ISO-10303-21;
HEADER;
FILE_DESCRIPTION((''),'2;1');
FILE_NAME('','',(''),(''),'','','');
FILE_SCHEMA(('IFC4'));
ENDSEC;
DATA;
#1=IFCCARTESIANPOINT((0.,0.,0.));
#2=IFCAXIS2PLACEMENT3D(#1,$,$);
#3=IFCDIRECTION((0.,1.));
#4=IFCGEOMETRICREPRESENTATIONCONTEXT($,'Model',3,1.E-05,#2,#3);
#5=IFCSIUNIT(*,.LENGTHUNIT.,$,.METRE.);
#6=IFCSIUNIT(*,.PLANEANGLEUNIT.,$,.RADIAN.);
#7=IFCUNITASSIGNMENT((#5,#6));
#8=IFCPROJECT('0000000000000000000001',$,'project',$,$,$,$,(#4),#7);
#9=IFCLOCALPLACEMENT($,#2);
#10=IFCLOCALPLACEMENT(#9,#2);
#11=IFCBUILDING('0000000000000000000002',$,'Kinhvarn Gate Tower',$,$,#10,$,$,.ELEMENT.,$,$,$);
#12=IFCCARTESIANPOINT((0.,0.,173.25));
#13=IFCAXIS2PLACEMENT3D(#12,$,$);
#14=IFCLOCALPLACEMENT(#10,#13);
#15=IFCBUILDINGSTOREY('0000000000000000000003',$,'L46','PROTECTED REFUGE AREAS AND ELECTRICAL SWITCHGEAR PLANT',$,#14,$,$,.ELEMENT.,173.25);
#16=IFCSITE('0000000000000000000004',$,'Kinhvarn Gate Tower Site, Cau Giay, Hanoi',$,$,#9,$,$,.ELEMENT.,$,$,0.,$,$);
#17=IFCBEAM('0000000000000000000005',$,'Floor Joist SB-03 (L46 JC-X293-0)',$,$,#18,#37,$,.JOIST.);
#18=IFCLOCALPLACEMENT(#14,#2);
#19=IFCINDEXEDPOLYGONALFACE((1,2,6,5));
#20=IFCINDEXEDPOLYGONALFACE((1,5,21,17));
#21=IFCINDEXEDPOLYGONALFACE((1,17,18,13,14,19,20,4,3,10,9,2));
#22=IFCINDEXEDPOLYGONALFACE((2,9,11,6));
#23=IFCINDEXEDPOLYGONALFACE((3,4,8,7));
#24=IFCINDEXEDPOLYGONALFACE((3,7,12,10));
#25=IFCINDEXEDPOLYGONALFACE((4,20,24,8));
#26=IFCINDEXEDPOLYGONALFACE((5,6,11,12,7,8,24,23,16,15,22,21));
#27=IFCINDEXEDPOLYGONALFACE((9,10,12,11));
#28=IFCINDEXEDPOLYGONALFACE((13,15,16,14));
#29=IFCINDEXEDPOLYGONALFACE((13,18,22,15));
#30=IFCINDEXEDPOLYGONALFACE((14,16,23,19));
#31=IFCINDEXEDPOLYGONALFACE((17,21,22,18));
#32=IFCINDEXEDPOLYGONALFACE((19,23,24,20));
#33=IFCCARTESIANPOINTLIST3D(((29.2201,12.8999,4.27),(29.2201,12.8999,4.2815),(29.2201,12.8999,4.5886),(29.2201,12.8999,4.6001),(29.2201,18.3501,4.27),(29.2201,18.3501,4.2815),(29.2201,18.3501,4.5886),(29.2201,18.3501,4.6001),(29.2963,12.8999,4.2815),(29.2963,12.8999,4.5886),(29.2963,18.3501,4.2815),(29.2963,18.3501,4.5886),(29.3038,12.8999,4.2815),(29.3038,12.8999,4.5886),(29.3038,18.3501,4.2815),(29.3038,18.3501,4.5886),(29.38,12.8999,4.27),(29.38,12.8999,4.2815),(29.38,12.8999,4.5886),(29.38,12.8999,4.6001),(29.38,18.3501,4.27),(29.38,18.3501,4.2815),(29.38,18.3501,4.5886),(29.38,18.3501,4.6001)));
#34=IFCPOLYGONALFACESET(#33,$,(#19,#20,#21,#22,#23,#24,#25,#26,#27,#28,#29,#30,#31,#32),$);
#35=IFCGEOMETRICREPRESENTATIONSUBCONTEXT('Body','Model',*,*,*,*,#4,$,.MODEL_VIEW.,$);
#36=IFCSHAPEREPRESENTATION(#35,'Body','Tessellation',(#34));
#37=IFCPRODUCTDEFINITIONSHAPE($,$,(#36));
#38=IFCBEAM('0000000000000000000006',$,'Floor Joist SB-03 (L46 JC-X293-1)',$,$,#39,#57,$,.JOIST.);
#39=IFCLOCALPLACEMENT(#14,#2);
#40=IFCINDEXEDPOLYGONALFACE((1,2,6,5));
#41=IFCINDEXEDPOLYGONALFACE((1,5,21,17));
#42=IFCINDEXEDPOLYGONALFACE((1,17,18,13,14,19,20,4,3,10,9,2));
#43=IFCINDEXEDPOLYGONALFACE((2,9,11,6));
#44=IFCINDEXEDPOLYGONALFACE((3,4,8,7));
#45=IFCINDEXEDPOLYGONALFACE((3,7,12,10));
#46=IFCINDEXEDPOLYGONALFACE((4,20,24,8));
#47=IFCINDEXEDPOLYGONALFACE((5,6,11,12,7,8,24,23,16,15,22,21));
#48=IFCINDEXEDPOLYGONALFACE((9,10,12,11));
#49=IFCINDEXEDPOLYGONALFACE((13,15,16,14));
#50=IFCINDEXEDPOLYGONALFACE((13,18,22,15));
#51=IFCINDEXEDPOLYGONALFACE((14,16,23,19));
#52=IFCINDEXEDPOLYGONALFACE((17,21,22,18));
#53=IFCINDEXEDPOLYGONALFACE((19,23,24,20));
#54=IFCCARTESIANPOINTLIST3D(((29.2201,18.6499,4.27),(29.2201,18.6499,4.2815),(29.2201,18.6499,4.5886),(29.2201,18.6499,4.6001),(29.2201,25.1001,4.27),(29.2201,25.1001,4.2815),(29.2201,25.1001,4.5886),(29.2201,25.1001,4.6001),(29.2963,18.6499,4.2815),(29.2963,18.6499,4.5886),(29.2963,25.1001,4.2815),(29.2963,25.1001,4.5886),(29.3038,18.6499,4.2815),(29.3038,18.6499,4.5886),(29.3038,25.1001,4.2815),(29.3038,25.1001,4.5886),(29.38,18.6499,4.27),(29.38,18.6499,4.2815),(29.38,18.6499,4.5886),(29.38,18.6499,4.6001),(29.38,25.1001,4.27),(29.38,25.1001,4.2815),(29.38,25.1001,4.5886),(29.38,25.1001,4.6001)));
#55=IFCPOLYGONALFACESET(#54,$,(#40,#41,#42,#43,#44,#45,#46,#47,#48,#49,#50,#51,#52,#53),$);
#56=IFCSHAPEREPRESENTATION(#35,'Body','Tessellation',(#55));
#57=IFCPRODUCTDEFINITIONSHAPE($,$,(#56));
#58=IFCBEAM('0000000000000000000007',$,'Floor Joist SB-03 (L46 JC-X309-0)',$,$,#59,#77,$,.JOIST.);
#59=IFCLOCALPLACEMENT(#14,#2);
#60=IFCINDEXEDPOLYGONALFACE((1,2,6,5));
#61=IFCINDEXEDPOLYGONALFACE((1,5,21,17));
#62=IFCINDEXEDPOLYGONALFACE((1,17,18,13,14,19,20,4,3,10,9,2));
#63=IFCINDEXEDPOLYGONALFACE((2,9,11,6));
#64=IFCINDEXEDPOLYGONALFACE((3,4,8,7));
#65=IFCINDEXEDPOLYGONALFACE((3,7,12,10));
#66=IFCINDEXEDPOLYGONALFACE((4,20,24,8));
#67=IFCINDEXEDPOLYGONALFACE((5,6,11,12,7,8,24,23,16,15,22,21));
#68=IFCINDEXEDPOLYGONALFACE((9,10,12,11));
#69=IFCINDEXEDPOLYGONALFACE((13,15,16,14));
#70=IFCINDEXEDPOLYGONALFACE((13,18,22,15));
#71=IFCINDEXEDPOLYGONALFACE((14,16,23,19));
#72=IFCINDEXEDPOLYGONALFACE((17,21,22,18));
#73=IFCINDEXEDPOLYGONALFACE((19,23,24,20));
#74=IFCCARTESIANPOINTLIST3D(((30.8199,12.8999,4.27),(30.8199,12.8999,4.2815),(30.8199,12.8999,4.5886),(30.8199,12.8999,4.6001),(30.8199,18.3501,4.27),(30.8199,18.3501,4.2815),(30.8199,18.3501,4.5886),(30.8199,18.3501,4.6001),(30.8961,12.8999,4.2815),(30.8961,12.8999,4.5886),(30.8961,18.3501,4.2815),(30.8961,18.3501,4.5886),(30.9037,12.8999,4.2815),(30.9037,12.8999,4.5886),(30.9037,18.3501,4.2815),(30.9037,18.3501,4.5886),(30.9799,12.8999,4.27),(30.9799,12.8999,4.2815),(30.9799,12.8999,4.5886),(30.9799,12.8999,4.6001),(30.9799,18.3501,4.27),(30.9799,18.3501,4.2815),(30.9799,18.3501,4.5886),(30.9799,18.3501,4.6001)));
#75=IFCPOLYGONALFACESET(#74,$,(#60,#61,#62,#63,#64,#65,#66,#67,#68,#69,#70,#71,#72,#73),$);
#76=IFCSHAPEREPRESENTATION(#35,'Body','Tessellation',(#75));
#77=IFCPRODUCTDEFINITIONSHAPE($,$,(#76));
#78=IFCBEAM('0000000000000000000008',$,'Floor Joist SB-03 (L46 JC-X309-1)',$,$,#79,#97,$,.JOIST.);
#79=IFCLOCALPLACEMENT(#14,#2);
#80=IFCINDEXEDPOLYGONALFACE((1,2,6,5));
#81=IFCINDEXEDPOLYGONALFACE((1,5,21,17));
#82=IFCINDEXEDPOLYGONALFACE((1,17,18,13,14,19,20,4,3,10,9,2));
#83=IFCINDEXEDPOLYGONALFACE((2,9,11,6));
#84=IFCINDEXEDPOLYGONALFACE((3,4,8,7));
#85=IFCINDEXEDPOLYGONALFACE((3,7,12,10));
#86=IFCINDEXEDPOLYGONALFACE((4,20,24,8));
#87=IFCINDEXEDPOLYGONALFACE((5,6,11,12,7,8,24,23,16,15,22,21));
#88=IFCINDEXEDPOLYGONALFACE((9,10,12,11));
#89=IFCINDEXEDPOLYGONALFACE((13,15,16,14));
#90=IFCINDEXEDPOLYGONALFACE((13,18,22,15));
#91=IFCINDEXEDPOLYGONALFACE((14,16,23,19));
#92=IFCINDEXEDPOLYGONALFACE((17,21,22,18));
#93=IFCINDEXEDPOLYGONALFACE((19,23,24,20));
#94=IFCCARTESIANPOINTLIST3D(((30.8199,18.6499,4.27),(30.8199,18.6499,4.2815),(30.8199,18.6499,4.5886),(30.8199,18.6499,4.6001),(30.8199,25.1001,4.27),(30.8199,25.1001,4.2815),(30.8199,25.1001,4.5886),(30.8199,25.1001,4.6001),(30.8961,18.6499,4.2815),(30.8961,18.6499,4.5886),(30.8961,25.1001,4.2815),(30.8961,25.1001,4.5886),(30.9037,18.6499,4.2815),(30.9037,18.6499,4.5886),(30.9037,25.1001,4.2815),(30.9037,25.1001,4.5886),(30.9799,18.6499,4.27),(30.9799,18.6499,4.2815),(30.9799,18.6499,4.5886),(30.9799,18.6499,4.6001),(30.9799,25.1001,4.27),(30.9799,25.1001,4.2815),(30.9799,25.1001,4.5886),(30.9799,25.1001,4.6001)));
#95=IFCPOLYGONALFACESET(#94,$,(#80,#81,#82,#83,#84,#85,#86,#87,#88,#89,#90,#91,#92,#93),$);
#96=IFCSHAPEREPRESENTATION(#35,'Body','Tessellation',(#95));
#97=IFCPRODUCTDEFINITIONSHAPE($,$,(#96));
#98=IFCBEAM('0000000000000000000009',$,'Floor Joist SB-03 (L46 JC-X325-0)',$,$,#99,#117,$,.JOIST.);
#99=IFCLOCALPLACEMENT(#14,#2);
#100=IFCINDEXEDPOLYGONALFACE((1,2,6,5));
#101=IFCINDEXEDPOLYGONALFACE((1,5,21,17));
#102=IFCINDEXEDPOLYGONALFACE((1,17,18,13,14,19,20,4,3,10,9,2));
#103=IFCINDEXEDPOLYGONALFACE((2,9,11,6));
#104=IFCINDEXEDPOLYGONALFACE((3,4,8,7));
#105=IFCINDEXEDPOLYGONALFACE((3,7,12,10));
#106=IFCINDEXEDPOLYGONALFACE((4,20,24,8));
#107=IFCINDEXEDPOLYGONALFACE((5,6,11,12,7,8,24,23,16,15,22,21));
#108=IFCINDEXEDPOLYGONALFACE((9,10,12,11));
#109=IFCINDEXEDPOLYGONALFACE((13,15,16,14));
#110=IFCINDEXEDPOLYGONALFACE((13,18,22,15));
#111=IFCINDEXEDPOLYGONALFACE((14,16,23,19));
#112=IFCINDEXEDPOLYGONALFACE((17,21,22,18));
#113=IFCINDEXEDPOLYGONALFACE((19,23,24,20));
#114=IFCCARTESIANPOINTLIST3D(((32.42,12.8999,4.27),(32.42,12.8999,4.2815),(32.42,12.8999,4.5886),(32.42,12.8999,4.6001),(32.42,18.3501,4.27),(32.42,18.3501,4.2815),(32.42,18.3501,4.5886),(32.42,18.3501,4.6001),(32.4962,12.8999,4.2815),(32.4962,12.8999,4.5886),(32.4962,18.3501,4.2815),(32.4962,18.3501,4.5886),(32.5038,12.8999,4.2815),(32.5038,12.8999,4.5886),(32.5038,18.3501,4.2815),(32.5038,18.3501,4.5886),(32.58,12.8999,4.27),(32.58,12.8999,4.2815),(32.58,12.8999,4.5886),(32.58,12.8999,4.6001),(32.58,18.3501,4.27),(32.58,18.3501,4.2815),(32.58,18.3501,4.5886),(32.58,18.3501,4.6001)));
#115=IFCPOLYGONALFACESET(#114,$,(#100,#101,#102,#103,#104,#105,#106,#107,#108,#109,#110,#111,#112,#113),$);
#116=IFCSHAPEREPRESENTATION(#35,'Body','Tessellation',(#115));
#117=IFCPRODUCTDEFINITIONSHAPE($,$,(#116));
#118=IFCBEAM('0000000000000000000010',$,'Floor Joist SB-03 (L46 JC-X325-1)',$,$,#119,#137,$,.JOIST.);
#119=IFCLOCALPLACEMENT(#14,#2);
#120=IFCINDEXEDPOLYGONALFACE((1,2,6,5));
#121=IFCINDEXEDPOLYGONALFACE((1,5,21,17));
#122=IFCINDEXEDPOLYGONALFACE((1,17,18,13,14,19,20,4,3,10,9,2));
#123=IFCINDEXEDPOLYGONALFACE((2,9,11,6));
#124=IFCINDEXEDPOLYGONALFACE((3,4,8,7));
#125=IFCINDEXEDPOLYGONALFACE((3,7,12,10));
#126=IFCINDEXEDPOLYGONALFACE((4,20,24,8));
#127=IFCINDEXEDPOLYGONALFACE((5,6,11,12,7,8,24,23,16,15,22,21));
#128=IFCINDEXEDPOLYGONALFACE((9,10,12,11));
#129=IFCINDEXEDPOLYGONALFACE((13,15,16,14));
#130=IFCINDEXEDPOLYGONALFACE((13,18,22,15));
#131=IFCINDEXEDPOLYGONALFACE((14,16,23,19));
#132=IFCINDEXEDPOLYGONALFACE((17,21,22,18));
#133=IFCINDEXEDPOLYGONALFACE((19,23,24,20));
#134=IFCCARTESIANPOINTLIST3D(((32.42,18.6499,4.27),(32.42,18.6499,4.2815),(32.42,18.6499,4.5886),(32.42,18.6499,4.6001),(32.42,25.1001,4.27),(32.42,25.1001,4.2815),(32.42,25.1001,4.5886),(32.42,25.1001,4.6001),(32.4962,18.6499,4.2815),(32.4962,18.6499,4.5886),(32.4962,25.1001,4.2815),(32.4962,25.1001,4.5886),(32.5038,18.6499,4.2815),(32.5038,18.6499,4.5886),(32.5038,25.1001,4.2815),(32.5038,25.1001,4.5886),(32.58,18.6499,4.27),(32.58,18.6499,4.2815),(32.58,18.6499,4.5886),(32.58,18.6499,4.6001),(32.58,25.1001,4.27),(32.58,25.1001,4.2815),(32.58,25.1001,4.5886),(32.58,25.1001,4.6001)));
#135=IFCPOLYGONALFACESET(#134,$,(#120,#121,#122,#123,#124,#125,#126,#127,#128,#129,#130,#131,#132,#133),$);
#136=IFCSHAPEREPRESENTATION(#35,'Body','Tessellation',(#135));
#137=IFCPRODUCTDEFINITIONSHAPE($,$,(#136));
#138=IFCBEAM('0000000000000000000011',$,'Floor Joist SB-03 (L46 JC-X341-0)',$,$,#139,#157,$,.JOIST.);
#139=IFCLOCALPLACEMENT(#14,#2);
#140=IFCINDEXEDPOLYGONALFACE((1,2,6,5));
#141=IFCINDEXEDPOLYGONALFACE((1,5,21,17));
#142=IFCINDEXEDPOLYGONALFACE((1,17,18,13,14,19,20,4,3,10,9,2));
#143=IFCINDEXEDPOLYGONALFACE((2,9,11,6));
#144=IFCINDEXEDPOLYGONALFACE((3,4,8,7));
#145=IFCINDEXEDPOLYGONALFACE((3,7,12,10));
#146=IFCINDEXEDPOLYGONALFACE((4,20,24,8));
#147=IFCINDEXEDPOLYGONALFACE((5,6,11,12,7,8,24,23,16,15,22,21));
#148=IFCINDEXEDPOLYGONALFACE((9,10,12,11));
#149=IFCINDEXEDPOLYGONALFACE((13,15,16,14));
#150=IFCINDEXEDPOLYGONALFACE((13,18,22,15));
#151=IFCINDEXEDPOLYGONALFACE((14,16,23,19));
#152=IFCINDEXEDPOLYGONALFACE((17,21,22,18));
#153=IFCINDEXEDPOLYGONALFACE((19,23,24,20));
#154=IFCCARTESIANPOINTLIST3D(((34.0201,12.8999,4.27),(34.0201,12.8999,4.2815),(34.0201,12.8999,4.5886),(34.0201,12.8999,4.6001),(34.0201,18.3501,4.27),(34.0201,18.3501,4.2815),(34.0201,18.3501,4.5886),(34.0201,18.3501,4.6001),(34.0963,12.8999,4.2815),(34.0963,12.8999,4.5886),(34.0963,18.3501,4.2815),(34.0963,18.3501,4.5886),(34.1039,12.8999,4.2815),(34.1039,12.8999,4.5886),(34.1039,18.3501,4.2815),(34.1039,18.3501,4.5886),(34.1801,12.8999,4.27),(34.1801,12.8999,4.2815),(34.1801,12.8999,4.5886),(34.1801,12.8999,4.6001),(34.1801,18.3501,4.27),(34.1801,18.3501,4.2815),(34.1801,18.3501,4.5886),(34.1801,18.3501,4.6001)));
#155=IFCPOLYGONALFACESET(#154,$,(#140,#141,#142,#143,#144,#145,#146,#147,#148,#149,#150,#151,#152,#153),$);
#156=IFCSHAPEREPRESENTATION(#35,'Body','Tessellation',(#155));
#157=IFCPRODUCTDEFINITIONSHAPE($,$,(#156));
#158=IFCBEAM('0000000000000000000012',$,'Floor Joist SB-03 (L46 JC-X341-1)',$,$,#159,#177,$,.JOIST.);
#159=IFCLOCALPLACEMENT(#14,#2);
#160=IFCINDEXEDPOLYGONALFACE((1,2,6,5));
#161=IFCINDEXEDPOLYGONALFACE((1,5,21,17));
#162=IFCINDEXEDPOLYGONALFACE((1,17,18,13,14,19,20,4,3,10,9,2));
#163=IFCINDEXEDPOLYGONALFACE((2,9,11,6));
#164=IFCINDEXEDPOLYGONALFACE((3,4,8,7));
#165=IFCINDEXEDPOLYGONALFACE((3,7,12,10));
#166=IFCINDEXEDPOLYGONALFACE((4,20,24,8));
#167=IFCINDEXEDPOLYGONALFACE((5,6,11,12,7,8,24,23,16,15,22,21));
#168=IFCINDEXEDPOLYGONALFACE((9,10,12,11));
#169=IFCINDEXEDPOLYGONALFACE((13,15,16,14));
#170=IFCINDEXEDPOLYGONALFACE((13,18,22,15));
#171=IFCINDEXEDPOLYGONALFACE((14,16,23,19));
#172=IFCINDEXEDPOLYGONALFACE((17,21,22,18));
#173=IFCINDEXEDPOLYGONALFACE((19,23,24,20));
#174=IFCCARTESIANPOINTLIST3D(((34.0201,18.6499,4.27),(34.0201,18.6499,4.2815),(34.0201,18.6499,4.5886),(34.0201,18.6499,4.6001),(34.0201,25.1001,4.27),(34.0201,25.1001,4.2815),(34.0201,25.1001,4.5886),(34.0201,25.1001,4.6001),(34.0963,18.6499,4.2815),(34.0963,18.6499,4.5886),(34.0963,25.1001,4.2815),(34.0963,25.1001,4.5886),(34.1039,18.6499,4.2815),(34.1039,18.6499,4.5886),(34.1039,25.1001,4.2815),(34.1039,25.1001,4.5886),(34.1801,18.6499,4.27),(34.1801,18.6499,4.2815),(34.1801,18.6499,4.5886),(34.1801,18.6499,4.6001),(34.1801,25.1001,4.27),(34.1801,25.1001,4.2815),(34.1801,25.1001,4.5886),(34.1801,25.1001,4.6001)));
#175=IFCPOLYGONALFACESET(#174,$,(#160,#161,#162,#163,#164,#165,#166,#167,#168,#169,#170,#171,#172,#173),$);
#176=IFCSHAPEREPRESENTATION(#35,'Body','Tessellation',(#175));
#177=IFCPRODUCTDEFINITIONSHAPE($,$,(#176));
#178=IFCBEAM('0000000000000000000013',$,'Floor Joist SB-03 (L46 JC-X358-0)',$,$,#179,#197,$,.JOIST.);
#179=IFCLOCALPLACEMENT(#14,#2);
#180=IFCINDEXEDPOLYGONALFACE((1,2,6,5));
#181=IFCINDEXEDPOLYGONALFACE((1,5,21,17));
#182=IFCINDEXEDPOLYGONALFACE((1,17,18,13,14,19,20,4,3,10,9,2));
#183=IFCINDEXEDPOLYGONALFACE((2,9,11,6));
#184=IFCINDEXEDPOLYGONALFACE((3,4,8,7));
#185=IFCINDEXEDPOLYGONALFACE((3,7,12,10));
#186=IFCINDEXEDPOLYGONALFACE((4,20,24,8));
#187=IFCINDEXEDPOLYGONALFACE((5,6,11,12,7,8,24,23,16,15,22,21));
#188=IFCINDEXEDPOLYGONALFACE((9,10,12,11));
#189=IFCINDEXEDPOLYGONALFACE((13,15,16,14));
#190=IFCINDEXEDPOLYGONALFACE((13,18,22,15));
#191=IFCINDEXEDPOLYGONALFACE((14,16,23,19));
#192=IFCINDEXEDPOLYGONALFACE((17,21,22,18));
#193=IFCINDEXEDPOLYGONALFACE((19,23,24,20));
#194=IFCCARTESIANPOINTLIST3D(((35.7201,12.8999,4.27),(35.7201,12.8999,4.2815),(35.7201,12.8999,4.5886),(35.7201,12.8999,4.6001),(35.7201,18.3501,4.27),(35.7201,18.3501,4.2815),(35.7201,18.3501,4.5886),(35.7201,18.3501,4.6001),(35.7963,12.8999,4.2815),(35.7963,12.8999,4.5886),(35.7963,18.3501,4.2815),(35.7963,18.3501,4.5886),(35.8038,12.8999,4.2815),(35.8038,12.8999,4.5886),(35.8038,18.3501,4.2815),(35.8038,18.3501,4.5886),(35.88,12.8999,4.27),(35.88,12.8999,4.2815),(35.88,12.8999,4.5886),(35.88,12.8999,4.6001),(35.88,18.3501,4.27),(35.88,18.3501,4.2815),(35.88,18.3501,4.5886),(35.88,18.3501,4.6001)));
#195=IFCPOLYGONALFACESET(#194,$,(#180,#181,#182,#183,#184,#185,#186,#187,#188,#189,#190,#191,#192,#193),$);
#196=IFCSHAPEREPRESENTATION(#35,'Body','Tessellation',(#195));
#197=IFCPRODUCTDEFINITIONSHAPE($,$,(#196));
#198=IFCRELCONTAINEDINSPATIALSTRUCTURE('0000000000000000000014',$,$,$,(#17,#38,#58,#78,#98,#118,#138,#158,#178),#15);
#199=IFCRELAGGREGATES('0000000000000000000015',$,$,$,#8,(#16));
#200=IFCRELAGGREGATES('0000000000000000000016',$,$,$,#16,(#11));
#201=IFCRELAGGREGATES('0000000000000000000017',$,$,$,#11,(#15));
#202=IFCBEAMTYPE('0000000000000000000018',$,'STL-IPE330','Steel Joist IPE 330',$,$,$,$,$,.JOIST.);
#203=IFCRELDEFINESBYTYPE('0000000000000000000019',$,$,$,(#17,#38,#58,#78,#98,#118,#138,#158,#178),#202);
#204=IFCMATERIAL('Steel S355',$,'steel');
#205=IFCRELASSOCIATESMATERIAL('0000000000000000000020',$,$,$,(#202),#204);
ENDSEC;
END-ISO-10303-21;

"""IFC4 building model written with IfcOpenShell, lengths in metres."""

from ifc_helpers import new_model, si_unit, direction, frame, origin, origin_2d, place, context, subcontext, project, spatial, i_section, extrude, material, material_profile, profile_set, type_object, element, save


model = new_model("IFC4")

# Units and contexts
model_context = context("Model", 3, precision=1e-05, world=origin(), true_north=direction((0.0, 1.0)))
body_context = subcontext(model_context, "Body", "Model", "MODEL_VIEW")
ifc_project = project(units=[si_unit("LENGTHUNIT", "METRE"), si_unit("PLANEANGLEUNIT", "RADIAN")], contexts=[model_context])

# Site, building, storey
site_placement = place(None, origin())
site = spatial("IfcSite", under=ifc_project, at=site_placement, Name="Kinhvarn Gate Tower Site, Cau Giay, Hanoi", CompositionType="ELEMENT", RefElevation=0.0)
building_placement = place(site_placement, origin())
building = spatial("IfcBuilding", under=site, at=building_placement, Name="Kinhvarn Gate Tower", CompositionType="ELEMENT")
storey_placement = place(building_placement, frame((0.0, 0.0, 173.25)))
storey = spatial("IfcBuildingStorey", under=building, at=storey_placement, Name="L46", Description="PROTECTED REFUGE AREAS AND ELECTRICAL SWITCHGEAR PLANT", CompositionType="ELEMENT", Elevation=173.25)

# Shared definitions
ifc_material_1 = material(Name="Steel S355", Category="steel")

# Beams
ifc_material_profile_1 = material_profile(ifc_material_1, i_section(OverallWidth=0.1599, OverallDepth=0.3301, WebThickness=0.0076, FlangeThickness=0.0115, at=origin_2d()), Name="IPE 330")
ifc_profile_set_1 = profile_set([ifc_material_profile_1], Name="Steel S355")
beam_type_1 = type_object("IfcBeamType", Name="STL-IPE330", Description="Steel Joist IPE 330", PredefinedType="JOIST", material=ifc_profile_set_1)
beam_1_placement = place(storey_placement, frame((29.3, 12.8999, 4.4351), z_axis=(0.0, 1.0, 0.0), x_axis=(-1.0, 0.0, 0.0)))
element("IfcBeam", 1, at=beam_1_placement, inside=storey, type_object=beam_type_1, Name="Floor Joist SB-03 (L46 JC-X293-0)", PredefinedType="JOIST", context=body_context, shape_type="SweptSolid", body=[
    extrude(i_section(OverallWidth=0.1599, OverallDepth=0.3301, WebThickness=0.0076, FlangeThickness=0.0115, at=origin_2d()), origin(), (0.0, 0.0, 1.0), 5.4502),
])
beam_2_placement = place(storey_placement, frame((29.3, 18.6499, 4.4351), z_axis=(0.0, 1.0, 0.0), x_axis=(-1.0, 0.0, 0.0)))
element("IfcBeam", 2, at=beam_2_placement, inside=storey, type_object=beam_type_1, Name="Floor Joist SB-03 (L46 JC-X293-1)", PredefinedType="JOIST", context=body_context, shape_type="SweptSolid", body=[
    extrude(i_section(OverallWidth=0.1599, OverallDepth=0.3301, WebThickness=0.0076, FlangeThickness=0.0115, at=origin_2d()), origin(), (0.0, 0.0, 1.0), 6.4502),
])
beam_3_placement = place(storey_placement, frame((30.8999, 12.8999, 4.4351), z_axis=(0.0, 1.0, 0.0), x_axis=(-1.0, 0.0, 0.0)))
element("IfcBeam", 3, at=beam_3_placement, inside=storey, type_object=beam_type_1, Name="Floor Joist SB-03 (L46 JC-X309-0)", PredefinedType="JOIST", context=body_context, shape_type="SweptSolid", body=[
    extrude(i_section(OverallWidth=0.1599, OverallDepth=0.3301, WebThickness=0.0076, FlangeThickness=0.0115, at=origin_2d()), origin(), (0.0, 0.0, 1.0), 5.4502),
])
beam_4_placement = place(storey_placement, frame((30.8999, 18.6499, 4.4351), z_axis=(0.0, 1.0, 0.0), x_axis=(-1.0, 0.0, 0.0)))
element("IfcBeam", 4, at=beam_4_placement, inside=storey, type_object=beam_type_1, Name="Floor Joist SB-03 (L46 JC-X309-1)", PredefinedType="JOIST", context=body_context, shape_type="SweptSolid", body=[
    extrude(i_section(OverallWidth=0.1599, OverallDepth=0.3301, WebThickness=0.0076, FlangeThickness=0.0115, at=origin_2d()), origin(), (0.0, 0.0, 1.0), 6.4502),
])
beam_5_placement = place(storey_placement, frame((32.5, 12.8999, 4.4351), z_axis=(0.0, 1.0, 0.0), x_axis=(-1.0, 0.0, 0.0)))
element("IfcBeam", 5, at=beam_5_placement, inside=storey, type_object=beam_type_1, Name="Floor Joist SB-03 (L46 JC-X325-0)", PredefinedType="JOIST", context=body_context, shape_type="SweptSolid", body=[
    extrude(i_section(OverallWidth=0.1599, OverallDepth=0.3301, WebThickness=0.0076, FlangeThickness=0.0115, at=origin_2d()), origin(), (0.0, 0.0, 1.0), 5.4502),
])
beam_6_placement = place(storey_placement, frame((32.5, 18.6499, 4.4351), z_axis=(0.0, 1.0, 0.0), x_axis=(-1.0, 0.0, 0.0)))
element("IfcBeam", 6, at=beam_6_placement, inside=storey, type_object=beam_type_1, Name="Floor Joist SB-03 (L46 JC-X325-1)", PredefinedType="JOIST", context=body_context, shape_type="SweptSolid", body=[
    extrude(i_section(OverallWidth=0.1599, OverallDepth=0.3301, WebThickness=0.0076, FlangeThickness=0.0115, at=origin_2d()), origin(), (0.0, 0.0, 1.0), 6.4502),
])
beam_7_placement = place(storey_placement, frame((34.1001, 12.8999, 4.4351), z_axis=(0.0, 1.0, 0.0), x_axis=(-1.0, 0.0, 0.0)))
element("IfcBeam", 7, at=beam_7_placement, inside=storey, type_object=beam_type_1, Name="Floor Joist SB-03 (L46 JC-X341-0)", PredefinedType="JOIST", context=body_context, shape_type="SweptSolid", body=[
    extrude(i_section(OverallWidth=0.1599, OverallDepth=0.3301, WebThickness=0.0076, FlangeThickness=0.0115, at=origin_2d()), origin(), (0.0, 0.0, 1.0), 5.4502),
])
beam_8_placement = place(storey_placement, frame((34.1001, 18.6499, 4.4351), z_axis=(0.0, 1.0, 0.0), x_axis=(-1.0, 0.0, 0.0)))
element("IfcBeam", 8, at=beam_8_placement, inside=storey, type_object=beam_type_1, Name="Floor Joist SB-03 (L46 JC-X341-1)", PredefinedType="JOIST", context=body_context, shape_type="SweptSolid", body=[
    extrude(i_section(OverallWidth=0.1599, OverallDepth=0.3301, WebThickness=0.0076, FlangeThickness=0.0115, at=origin_2d()), origin(), (0.0, 0.0, 1.0), 6.4502),
])
beam_9_placement = place(storey_placement, frame((35.8, 12.8999, 4.4351), z_axis=(0.0, 1.0, 0.0), x_axis=(-1.0, 0.0, 0.0)))
element("IfcBeam", 9, at=beam_9_placement, inside=storey, type_object=beam_type_1, Name="Floor Joist SB-03 (L46 JC-X358-0)", PredefinedType="JOIST", context=body_context, shape_type="SweptSolid", body=[
    extrude(i_section(OverallWidth=0.1599, OverallDepth=0.3301, WebThickness=0.0076, FlangeThickness=0.0115, at=origin_2d()), origin(), (0.0, 0.0, 1.0), 5.4502),
])

save(model, "model.ifc")
